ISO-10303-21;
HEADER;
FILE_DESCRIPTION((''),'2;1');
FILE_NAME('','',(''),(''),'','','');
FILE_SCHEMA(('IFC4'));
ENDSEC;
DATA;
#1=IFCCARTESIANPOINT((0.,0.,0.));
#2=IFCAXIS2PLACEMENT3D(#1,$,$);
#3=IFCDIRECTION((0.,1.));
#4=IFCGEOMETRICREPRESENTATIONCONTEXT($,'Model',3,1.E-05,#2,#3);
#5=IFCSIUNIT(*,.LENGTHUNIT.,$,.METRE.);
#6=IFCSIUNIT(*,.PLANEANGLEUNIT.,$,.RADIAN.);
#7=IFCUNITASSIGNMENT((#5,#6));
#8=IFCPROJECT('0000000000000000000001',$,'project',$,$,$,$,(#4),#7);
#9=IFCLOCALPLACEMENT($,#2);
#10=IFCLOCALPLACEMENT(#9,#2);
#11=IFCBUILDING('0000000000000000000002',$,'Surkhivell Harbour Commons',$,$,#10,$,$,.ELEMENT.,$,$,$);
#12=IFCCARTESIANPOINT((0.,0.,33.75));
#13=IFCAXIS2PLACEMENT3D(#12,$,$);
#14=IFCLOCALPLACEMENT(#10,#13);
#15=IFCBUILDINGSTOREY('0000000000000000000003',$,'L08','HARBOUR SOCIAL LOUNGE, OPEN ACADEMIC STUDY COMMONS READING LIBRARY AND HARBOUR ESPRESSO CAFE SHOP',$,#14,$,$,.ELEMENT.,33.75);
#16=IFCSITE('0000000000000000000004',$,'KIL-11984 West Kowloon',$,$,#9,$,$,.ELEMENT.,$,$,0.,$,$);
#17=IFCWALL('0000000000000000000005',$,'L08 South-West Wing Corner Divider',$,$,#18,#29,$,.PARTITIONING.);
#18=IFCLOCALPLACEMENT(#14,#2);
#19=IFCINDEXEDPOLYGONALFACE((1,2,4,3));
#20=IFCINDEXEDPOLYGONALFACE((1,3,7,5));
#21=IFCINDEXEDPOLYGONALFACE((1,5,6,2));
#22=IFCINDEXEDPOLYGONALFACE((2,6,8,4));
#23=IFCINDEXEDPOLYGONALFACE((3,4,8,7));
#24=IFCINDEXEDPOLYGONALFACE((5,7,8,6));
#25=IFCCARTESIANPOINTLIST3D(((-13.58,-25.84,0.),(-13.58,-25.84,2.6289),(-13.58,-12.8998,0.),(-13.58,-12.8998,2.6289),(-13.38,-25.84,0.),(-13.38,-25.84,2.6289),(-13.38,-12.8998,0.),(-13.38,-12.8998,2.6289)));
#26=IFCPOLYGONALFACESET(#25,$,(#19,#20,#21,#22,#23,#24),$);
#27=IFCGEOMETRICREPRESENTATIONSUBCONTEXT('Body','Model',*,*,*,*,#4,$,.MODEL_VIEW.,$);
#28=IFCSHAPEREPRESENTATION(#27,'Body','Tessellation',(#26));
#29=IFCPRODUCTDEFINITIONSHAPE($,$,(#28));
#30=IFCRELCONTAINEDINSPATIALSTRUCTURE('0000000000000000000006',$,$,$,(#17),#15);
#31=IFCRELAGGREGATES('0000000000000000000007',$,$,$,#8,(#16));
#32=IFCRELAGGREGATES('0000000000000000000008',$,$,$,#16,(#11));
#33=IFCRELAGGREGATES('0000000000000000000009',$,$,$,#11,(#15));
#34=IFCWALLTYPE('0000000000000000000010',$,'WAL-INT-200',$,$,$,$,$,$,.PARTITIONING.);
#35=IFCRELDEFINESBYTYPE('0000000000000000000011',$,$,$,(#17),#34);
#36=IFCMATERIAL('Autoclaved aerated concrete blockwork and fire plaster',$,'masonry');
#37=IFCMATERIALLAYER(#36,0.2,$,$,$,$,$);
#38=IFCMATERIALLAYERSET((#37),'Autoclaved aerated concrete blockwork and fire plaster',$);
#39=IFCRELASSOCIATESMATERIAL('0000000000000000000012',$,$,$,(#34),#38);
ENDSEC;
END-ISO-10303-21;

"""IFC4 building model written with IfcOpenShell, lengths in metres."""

from ifc_helpers import new_model, si_unit, direction, frame, frame_2d, origin, place, context, subcontext, project, spatial, rectangle, extrude, material, layer, layer_set, type_object, element, save


model = new_model("IFC4")

# Units and contexts
model_context = context("Model", 3, precision=1e-05, world=origin(), true_north=direction((0.0, 1.0)))
body_context = subcontext(model_context, "Body", "Model", "MODEL_VIEW")
ifc_project = project(units=[si_unit("LENGTHUNIT", "METRE"), si_unit("PLANEANGLEUNIT", "RADIAN")], contexts=[model_context])

# Site, building, storey
site_placement = place(None, origin())
site = spatial("IfcSite", under=ifc_project, at=site_placement, Name="KIL-11984 West Kowloon", CompositionType="ELEMENT", RefElevation=0.0)
building_placement = place(site_placement, origin())
building = spatial("IfcBuilding", under=site, at=building_placement, Name="Surkhivell Harbour Commons", CompositionType="ELEMENT")
storey_placement = place(building_placement, frame((0.0, 0.0, 33.75)))
storey = spatial("IfcBuildingStorey", under=building, at=storey_placement, Name="L08", Description="HARBOUR SOCIAL LOUNGE, OPEN ACADEMIC STUDY COMMONS READING LIBRARY AND HARBOUR ESPRESSO CAFE SHOP", CompositionType="ELEMENT", Elevation=33.75)

# Wall
ifc_material_1 = material(Name="Autoclaved aerated concrete blockwork and fire plaster", Category="masonry")
ifc_layer_1 = layer(ifc_material_1, 0.2)
ifc_layer_set_1 = layer_set([ifc_layer_1], Name="Autoclaved aerated concrete blockwork and fire plaster")
wall_type = type_object("IfcWallType", Name="WAL-INT-200", PredefinedType="PARTITIONING", material=ifc_layer_set_1)
wall_placement = place(storey_placement, frame((-13.48, -25.8401, 0.0), z_axis=(0.0, 0.0, 1.0), x_axis=(0.0, 1.0, 0.0)))
element("IfcWall", 1, at=wall_placement, inside=storey, type_object=wall_type, Name="L08 South-West Wing Corner Divider", PredefinedType="PARTITIONING", context=body_context, shape_type="SweptSolid", body=[
    extrude(rectangle(XDim=12.9402, YDim=0.2, at=frame_2d((6.4702, 0.0))), origin(), (0.0, 0.0, 1.0), 2.6289),
])

save(model, "model.ifc")
